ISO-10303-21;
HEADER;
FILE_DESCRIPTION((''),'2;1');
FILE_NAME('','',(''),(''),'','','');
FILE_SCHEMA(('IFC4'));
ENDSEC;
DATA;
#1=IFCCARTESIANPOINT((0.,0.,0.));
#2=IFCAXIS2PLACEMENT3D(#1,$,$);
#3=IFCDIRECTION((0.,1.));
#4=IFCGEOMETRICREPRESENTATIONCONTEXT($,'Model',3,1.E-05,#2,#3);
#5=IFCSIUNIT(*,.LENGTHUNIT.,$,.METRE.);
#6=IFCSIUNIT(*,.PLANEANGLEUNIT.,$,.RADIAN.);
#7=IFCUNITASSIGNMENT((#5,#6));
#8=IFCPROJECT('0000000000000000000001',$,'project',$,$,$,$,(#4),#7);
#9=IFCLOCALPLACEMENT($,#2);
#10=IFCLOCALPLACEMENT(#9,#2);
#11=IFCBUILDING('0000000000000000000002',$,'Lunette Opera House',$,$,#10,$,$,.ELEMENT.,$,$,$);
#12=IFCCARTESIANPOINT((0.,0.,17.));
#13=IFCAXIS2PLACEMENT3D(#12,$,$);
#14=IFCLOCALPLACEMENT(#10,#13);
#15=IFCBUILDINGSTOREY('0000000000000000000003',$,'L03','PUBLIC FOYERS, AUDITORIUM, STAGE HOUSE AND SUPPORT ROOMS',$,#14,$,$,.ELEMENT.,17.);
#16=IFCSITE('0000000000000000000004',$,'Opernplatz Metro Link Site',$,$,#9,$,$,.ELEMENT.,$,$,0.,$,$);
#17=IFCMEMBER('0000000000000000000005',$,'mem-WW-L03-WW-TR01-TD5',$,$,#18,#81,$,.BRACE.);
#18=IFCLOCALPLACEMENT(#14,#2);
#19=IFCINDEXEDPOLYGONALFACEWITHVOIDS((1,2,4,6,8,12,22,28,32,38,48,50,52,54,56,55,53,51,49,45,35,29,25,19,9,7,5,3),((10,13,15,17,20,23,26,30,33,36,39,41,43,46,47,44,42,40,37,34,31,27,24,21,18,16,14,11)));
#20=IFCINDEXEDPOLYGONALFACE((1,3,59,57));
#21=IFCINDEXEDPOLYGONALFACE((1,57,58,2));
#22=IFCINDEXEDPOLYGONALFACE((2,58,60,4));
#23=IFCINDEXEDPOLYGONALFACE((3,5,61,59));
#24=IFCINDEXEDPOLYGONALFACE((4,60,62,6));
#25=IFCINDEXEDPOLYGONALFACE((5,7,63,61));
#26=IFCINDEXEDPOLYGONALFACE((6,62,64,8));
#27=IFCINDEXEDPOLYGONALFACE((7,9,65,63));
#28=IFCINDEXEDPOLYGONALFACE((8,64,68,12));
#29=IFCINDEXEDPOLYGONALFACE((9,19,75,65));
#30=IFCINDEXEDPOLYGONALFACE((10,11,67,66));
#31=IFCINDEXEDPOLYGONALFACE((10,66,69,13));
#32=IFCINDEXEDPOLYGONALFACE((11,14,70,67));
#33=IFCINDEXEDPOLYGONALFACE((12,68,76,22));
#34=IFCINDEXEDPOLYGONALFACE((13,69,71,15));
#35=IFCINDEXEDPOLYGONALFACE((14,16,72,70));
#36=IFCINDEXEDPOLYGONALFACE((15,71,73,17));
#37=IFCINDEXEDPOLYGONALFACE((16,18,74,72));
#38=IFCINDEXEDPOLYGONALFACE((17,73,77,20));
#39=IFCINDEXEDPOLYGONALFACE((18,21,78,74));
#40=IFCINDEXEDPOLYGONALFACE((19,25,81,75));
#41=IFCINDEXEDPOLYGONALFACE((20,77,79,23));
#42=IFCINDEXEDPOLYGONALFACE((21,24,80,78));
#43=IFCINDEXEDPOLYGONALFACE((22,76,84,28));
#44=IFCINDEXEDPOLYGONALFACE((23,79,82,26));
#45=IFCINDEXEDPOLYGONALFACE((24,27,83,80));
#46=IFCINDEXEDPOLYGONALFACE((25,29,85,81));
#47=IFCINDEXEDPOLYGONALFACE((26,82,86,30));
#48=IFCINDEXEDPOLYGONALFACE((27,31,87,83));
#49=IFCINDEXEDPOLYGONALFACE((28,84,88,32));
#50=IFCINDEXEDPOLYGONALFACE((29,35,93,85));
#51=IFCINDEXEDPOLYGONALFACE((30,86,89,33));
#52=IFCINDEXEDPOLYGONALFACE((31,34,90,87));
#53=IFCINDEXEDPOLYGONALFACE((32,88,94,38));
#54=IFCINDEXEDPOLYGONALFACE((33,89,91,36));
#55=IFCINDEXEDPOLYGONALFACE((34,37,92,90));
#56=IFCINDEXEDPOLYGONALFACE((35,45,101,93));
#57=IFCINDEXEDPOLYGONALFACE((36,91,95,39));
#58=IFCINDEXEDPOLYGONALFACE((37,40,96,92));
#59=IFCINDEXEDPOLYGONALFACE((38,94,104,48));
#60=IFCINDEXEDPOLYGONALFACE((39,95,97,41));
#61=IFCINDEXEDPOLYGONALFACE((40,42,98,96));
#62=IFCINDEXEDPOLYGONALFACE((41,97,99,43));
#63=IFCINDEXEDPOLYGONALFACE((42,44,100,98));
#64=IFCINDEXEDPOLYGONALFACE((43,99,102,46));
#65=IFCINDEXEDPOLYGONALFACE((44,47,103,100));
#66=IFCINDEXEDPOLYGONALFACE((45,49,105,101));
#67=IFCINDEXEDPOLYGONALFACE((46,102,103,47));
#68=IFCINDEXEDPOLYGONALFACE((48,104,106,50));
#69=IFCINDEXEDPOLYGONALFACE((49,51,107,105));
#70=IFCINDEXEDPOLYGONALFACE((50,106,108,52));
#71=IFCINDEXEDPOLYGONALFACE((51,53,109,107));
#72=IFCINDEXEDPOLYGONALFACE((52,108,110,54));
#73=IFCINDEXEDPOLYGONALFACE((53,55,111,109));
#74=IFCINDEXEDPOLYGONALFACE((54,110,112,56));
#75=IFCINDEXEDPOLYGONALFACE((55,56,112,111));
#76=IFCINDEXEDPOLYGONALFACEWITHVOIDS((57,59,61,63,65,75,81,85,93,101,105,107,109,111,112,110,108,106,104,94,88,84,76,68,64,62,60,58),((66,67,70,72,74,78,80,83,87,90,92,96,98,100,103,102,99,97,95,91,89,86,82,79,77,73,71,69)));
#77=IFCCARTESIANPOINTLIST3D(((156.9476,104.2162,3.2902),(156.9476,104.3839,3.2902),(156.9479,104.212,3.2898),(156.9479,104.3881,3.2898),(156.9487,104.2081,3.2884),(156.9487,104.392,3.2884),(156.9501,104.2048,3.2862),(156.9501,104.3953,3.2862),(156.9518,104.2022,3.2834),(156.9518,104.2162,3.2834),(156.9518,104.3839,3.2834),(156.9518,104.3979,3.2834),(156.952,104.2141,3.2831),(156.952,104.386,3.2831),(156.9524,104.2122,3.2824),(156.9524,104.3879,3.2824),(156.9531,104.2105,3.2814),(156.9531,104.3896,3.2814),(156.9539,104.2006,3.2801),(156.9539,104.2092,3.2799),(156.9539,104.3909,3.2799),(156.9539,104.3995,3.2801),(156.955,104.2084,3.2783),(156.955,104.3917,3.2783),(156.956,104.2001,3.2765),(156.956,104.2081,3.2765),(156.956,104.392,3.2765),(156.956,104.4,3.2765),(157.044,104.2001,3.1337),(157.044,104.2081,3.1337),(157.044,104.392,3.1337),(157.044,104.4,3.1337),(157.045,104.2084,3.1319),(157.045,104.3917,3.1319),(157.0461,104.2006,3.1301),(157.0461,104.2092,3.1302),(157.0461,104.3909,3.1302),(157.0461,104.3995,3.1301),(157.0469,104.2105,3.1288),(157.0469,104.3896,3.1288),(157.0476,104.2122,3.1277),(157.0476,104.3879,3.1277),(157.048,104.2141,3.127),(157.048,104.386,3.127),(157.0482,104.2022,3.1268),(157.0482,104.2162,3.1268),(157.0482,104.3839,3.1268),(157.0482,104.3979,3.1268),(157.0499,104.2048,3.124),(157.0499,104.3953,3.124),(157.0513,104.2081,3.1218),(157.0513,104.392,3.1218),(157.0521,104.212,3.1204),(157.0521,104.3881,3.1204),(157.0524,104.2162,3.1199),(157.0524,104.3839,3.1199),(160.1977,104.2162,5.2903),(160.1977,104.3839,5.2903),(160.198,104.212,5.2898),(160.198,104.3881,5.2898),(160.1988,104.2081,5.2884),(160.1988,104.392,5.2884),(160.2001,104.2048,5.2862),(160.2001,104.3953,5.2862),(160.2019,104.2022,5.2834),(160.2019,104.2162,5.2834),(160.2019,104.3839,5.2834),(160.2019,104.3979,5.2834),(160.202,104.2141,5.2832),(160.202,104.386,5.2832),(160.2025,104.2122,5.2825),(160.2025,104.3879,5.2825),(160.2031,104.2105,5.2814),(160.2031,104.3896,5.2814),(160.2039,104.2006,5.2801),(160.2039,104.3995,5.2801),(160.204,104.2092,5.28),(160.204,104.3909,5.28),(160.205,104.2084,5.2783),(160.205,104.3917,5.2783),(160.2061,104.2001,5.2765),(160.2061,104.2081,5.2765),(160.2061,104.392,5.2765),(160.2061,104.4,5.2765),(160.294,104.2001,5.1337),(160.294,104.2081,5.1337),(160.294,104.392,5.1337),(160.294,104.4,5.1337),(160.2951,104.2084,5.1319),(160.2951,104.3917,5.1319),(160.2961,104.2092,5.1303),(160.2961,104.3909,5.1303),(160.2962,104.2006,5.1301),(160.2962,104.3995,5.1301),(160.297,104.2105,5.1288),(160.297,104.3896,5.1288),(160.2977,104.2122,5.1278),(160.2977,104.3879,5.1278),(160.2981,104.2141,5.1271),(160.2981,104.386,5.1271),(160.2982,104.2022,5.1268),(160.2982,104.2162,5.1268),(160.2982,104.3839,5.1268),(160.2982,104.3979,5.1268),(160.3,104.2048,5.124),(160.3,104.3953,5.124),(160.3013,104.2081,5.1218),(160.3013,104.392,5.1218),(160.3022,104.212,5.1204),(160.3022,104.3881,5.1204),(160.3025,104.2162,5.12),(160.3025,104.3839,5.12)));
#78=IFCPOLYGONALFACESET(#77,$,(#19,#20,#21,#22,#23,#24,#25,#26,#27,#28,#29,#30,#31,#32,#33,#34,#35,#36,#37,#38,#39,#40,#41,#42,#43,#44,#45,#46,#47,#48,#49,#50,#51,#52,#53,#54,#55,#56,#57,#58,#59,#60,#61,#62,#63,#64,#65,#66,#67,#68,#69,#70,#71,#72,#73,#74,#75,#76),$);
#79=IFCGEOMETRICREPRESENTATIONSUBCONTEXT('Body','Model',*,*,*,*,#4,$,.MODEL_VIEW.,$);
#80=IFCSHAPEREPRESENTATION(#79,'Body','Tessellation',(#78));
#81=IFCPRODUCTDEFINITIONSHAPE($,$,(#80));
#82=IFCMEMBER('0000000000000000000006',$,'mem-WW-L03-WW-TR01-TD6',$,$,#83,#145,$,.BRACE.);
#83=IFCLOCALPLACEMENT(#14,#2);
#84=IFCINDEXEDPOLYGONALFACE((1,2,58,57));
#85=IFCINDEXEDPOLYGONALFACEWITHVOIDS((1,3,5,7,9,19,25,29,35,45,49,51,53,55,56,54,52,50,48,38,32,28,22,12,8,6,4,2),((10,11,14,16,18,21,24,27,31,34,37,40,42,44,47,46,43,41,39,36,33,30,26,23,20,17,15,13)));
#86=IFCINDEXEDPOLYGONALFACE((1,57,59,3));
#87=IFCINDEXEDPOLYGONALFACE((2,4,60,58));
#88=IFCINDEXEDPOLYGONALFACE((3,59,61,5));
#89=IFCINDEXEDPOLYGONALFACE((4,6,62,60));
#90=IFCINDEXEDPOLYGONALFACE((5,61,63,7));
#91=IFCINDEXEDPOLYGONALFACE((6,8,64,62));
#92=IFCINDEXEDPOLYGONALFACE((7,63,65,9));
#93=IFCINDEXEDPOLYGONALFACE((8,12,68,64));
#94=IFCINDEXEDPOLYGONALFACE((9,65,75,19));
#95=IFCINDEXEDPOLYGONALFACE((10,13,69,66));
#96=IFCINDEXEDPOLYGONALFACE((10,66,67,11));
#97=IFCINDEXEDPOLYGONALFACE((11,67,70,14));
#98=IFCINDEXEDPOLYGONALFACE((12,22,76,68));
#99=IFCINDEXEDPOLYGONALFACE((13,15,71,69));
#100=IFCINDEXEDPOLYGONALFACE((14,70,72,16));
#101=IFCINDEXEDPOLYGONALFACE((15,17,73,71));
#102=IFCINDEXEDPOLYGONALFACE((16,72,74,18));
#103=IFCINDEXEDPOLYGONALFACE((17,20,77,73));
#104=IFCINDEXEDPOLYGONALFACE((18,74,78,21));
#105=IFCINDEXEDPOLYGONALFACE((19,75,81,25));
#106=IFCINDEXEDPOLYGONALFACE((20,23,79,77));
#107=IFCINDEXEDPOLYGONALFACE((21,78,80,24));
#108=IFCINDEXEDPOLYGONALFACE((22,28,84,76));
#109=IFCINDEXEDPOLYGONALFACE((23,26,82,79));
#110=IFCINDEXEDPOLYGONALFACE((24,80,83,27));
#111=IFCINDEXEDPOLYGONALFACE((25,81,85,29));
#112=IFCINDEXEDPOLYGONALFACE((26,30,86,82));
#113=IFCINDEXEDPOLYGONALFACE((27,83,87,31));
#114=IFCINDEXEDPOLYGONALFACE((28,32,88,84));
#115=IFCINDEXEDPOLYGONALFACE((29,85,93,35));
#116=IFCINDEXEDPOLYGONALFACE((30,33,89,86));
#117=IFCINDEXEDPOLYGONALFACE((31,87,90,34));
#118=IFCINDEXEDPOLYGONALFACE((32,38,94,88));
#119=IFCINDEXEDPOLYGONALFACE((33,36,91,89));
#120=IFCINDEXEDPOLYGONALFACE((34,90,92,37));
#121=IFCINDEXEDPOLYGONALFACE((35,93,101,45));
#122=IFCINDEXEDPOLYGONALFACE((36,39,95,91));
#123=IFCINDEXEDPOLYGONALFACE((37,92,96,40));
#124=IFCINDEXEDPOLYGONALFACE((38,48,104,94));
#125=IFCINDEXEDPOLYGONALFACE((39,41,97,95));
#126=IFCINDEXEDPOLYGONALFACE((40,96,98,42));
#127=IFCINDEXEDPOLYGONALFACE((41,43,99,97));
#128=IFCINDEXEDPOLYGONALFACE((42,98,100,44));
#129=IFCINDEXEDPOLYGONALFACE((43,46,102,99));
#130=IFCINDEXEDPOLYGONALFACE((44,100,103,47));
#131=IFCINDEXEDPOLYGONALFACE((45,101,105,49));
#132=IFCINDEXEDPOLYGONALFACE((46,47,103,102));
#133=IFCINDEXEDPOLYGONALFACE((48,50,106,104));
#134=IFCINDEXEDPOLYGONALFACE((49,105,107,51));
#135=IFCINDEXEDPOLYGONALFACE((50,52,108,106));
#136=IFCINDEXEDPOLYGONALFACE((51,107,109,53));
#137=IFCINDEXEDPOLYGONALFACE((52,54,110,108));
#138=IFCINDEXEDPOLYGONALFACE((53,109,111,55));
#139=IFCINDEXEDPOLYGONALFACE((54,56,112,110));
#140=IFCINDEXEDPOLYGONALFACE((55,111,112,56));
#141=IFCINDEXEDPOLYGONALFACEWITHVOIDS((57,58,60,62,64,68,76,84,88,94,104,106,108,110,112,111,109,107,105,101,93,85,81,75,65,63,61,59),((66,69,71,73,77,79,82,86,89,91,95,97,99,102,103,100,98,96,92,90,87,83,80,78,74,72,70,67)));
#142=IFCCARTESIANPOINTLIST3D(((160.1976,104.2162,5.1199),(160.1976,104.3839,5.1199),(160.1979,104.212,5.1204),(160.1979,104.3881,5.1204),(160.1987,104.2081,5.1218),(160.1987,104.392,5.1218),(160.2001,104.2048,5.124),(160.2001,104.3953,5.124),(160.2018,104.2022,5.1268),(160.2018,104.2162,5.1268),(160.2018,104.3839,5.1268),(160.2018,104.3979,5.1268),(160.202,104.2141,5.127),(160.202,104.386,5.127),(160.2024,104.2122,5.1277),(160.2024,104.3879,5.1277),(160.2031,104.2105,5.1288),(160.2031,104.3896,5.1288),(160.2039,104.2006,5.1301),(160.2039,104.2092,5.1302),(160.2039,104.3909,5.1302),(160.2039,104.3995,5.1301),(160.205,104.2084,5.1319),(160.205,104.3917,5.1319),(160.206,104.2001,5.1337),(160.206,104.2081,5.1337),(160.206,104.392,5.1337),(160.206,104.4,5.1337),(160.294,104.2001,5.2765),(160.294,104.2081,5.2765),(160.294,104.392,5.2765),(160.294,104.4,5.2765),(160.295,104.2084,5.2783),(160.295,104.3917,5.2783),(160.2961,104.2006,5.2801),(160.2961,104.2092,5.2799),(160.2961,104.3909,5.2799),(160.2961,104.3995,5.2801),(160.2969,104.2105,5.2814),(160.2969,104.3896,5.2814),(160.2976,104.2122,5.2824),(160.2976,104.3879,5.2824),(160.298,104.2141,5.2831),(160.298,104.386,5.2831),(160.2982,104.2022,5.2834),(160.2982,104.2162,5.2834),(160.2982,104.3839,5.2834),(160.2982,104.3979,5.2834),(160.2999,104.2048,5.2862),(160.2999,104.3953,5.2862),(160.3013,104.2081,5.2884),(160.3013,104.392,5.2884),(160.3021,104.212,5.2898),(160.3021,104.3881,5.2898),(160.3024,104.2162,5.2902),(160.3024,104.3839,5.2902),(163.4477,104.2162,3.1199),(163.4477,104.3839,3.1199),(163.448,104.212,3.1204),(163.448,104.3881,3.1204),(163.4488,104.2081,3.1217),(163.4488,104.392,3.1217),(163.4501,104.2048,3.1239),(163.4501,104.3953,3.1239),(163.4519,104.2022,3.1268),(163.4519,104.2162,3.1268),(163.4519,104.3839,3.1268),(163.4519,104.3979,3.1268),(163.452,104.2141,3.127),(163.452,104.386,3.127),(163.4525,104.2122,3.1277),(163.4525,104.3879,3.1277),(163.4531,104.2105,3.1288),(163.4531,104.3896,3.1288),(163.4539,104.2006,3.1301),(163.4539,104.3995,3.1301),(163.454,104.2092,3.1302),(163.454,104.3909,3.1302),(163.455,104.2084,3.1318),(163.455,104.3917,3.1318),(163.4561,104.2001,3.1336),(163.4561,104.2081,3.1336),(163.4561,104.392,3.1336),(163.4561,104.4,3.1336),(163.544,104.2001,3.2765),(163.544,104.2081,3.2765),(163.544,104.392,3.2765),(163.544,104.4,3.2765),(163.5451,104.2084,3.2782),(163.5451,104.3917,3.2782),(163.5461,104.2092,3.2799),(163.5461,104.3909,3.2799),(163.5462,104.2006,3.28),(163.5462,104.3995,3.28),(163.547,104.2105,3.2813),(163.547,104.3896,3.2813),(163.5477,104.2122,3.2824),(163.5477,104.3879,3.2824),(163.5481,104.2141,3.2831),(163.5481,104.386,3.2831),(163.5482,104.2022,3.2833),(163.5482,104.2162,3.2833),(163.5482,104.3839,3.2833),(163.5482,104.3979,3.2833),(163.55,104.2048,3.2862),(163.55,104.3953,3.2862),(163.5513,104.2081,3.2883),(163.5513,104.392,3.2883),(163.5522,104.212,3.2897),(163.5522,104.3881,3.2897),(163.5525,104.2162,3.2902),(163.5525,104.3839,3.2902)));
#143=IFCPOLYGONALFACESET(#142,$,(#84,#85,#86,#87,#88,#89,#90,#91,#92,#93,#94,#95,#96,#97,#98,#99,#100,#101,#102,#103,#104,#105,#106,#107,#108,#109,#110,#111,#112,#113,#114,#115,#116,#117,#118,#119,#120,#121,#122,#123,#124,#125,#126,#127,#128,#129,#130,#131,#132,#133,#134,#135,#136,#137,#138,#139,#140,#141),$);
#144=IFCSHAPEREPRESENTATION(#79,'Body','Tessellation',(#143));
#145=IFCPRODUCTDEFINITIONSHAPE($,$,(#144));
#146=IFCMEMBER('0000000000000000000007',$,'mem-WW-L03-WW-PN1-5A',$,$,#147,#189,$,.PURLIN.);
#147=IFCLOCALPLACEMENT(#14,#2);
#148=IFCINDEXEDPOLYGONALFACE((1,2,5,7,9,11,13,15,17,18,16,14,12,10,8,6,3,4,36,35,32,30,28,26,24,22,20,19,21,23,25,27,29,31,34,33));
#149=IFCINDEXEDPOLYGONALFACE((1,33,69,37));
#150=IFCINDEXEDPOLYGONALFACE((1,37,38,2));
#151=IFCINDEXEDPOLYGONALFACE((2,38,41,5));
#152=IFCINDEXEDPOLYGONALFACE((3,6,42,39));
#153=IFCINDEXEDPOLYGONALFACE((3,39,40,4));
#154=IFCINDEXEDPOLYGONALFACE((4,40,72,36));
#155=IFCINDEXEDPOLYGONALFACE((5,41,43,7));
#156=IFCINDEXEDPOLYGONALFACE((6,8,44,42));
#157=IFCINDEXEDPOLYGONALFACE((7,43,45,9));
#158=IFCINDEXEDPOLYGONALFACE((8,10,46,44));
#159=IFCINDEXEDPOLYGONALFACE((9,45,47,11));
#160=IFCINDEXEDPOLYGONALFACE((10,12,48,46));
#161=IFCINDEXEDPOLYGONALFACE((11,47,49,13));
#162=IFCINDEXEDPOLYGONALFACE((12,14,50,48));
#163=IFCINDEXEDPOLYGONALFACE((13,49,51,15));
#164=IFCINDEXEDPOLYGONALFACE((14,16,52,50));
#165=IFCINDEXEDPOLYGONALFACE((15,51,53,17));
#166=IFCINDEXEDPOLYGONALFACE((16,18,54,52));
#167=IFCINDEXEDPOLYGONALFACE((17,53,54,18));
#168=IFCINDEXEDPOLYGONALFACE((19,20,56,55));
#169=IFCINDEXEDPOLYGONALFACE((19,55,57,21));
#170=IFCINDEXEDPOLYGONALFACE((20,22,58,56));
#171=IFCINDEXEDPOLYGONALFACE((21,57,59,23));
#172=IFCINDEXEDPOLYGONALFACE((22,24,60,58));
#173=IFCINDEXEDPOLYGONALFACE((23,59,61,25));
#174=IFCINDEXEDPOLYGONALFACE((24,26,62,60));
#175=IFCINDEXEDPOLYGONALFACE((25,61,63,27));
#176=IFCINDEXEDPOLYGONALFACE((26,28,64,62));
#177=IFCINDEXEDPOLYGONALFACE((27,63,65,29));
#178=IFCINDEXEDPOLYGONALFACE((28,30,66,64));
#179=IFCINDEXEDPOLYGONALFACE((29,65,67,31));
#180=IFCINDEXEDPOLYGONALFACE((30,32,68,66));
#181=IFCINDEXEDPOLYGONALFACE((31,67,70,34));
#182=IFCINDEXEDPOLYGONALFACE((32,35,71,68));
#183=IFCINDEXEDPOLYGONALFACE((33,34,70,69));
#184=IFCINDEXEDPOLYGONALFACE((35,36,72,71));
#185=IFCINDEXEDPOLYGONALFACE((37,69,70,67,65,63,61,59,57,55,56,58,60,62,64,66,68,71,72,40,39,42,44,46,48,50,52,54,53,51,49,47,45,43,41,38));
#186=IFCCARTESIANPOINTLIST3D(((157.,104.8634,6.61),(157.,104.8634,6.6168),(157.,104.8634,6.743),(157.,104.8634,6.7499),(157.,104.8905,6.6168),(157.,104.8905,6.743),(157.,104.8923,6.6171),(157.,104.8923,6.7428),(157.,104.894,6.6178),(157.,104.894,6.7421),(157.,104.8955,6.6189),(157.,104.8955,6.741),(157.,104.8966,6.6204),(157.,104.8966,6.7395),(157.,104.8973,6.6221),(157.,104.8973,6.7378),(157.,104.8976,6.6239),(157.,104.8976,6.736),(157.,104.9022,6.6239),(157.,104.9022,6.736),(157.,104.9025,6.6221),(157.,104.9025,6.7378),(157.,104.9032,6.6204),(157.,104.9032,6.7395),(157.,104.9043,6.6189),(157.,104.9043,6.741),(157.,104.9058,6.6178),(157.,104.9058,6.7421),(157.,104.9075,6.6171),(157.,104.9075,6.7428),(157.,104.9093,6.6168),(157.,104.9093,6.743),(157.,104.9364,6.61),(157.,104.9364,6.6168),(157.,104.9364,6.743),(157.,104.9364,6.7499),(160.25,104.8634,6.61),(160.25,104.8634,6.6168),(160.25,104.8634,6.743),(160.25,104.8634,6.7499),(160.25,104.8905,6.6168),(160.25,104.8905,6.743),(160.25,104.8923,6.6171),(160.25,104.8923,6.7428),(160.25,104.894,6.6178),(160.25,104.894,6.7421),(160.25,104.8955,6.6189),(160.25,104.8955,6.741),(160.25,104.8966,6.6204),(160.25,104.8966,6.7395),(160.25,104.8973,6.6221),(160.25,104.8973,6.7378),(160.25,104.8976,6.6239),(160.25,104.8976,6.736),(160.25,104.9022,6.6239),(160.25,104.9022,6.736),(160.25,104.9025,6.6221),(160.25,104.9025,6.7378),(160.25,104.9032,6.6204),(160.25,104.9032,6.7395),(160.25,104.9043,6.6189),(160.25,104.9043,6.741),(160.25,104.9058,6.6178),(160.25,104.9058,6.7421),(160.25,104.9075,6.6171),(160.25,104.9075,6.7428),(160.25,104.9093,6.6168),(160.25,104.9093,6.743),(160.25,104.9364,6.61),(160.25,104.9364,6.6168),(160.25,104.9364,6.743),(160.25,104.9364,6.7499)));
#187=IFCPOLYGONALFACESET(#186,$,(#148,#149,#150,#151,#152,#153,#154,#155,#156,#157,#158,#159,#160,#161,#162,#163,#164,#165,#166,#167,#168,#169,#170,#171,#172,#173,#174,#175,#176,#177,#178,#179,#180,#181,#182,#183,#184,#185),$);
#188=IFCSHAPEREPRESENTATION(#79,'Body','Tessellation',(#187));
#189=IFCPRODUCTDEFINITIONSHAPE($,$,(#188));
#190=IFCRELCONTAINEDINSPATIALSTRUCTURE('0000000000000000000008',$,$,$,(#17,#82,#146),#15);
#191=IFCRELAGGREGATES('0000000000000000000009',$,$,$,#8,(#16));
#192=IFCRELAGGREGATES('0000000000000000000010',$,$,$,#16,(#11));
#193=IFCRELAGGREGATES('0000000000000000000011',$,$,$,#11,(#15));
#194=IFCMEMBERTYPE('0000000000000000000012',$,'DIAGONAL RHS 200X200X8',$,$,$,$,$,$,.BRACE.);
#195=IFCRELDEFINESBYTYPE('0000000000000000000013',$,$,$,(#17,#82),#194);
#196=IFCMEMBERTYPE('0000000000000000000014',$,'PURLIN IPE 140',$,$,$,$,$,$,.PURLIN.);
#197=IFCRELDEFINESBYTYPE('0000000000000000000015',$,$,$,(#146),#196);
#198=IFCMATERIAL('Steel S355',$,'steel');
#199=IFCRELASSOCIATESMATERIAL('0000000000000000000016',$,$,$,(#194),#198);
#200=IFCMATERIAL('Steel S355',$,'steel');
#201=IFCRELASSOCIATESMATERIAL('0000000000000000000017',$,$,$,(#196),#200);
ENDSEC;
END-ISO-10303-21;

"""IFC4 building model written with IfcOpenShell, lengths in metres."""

from ifc_helpers import new_model, si_unit, direction, frame, origin, origin_2d, place, context, subcontext, project, spatial, hollow_rectangle, i_section, extrude, material, material_profile, profile_set, type_object, element, save


model = new_model("IFC4")

# Units and contexts
model_context = context("Model", 3, precision=1e-05, world=origin(), true_north=direction((0.0, 1.0)))
body_context = subcontext(model_context, "Body", "Model", "MODEL_VIEW")
ifc_project = project(units=[si_unit("LENGTHUNIT", "METRE"), si_unit("PLANEANGLEUNIT", "RADIAN")], contexts=[model_context])

# Site, building, storey
site_placement = place(None, origin())
site = spatial("IfcSite", under=ifc_project, at=site_placement, Name="Opernplatz Metro Link Site", CompositionType="ELEMENT", RefElevation=0.0)
building_placement = place(site_placement, origin())
building = spatial("IfcBuilding", under=site, at=building_placement, Name="Lunette Opera House", CompositionType="ELEMENT")
storey_placement = place(building_placement, frame((0.0, 0.0, 17.0)))
storey = spatial("IfcBuildingStorey", under=building, at=storey_placement, Name="L03", Description="PUBLIC FOYERS, AUDITORIUM, STAGE HOUSE AND SUPPORT ROOMS", CompositionType="ELEMENT", Elevation=17.0)

# Members
ifc_material_1 = material(Name="Steel S355", Category="steel")
ifc_material_profile_1 = material_profile(ifc_material_1, hollow_rectangle(XDim=0.2, YDim=0.2, WallThickness=0.0081, InnerFilletRadius=0.0081, OuterFilletRadius=0.0161, at=origin_2d()), Name="RHS 200X200X8")
ifc_profile_set_1 = profile_set([ifc_material_profile_1], Name="Steel S355")
member_type_1 = type_object("IfcMemberType", Name="DIAGONAL RHS 200X200X8", PredefinedType="BRACE", material=ifc_profile_set_1)
for number, where, z_axis, x_axis, name in (
    (1, (157.0, 104.3, 3.2051), (0.851658, 0.0, 0.524097), (0.0, 1.0, 0.0), "mem-WW-L03-WW-TR01-TD5"),
    (2, (160.25, 104.3, 5.2051), (0.851658, 0.0, -0.524097), (0.0, 1.0, 0.0), "mem-WW-L03-WW-TR01-TD6"),
):
    element("IfcMember", number, at=place(storey_placement, frame(where, z_axis=z_axis, x_axis=x_axis)), inside=storey, type_object=member_type_1, Name=name, PredefinedType="BRACE", context=body_context, shape_type="SweptSolid", body=[
        extrude(hollow_rectangle(XDim=0.2, YDim=0.2, WallThickness=0.0081, InnerFilletRadius=0.0081, OuterFilletRadius=0.0161, at=origin_2d()), origin(), (0.0, 0.0, 1.0), 3.8162),
    ])
ifc_material_2 = material(Name="Steel S355", Category="steel")
ifc_material_profile_2 = material_profile(ifc_material_2, i_section(OverallWidth=0.073, OverallDepth=0.1399, WebThickness=0.0046, FlangeThickness=0.0068, FilletRadius=0.0071, at=origin_2d()), Name="IPE 140")
ifc_profile_set_2 = profile_set([ifc_material_profile_2], Name="Steel S355")
member_type_2 = type_object("IfcMemberType", Name="PURLIN IPE 140", PredefinedType="PURLIN", material=ifc_profile_set_2)
for number, where, z_axis, x_axis, name in (
    (3, (157.0, 104.8999, 6.6799), (1.0, 0.0, 0.0), (0.0, 1.0, 0.0), "mem-WW-L03-WW-PN1-5A"),
):
    element("IfcMember", number, at=place(storey_placement, frame(where, z_axis=z_axis, x_axis=x_axis)), inside=storey, type_object=member_type_2, Name=name, PredefinedType="PURLIN", context=body_context, shape_type="SweptSolid", body=[
        extrude(i_section(OverallWidth=0.073, OverallDepth=0.1399, WebThickness=0.0046, FlangeThickness=0.0068, FilletRadius=0.0071, at=origin_2d()), origin(), (0.0, 0.0, 1.0), 3.25),
    ])

save(model, "model.ifc")
